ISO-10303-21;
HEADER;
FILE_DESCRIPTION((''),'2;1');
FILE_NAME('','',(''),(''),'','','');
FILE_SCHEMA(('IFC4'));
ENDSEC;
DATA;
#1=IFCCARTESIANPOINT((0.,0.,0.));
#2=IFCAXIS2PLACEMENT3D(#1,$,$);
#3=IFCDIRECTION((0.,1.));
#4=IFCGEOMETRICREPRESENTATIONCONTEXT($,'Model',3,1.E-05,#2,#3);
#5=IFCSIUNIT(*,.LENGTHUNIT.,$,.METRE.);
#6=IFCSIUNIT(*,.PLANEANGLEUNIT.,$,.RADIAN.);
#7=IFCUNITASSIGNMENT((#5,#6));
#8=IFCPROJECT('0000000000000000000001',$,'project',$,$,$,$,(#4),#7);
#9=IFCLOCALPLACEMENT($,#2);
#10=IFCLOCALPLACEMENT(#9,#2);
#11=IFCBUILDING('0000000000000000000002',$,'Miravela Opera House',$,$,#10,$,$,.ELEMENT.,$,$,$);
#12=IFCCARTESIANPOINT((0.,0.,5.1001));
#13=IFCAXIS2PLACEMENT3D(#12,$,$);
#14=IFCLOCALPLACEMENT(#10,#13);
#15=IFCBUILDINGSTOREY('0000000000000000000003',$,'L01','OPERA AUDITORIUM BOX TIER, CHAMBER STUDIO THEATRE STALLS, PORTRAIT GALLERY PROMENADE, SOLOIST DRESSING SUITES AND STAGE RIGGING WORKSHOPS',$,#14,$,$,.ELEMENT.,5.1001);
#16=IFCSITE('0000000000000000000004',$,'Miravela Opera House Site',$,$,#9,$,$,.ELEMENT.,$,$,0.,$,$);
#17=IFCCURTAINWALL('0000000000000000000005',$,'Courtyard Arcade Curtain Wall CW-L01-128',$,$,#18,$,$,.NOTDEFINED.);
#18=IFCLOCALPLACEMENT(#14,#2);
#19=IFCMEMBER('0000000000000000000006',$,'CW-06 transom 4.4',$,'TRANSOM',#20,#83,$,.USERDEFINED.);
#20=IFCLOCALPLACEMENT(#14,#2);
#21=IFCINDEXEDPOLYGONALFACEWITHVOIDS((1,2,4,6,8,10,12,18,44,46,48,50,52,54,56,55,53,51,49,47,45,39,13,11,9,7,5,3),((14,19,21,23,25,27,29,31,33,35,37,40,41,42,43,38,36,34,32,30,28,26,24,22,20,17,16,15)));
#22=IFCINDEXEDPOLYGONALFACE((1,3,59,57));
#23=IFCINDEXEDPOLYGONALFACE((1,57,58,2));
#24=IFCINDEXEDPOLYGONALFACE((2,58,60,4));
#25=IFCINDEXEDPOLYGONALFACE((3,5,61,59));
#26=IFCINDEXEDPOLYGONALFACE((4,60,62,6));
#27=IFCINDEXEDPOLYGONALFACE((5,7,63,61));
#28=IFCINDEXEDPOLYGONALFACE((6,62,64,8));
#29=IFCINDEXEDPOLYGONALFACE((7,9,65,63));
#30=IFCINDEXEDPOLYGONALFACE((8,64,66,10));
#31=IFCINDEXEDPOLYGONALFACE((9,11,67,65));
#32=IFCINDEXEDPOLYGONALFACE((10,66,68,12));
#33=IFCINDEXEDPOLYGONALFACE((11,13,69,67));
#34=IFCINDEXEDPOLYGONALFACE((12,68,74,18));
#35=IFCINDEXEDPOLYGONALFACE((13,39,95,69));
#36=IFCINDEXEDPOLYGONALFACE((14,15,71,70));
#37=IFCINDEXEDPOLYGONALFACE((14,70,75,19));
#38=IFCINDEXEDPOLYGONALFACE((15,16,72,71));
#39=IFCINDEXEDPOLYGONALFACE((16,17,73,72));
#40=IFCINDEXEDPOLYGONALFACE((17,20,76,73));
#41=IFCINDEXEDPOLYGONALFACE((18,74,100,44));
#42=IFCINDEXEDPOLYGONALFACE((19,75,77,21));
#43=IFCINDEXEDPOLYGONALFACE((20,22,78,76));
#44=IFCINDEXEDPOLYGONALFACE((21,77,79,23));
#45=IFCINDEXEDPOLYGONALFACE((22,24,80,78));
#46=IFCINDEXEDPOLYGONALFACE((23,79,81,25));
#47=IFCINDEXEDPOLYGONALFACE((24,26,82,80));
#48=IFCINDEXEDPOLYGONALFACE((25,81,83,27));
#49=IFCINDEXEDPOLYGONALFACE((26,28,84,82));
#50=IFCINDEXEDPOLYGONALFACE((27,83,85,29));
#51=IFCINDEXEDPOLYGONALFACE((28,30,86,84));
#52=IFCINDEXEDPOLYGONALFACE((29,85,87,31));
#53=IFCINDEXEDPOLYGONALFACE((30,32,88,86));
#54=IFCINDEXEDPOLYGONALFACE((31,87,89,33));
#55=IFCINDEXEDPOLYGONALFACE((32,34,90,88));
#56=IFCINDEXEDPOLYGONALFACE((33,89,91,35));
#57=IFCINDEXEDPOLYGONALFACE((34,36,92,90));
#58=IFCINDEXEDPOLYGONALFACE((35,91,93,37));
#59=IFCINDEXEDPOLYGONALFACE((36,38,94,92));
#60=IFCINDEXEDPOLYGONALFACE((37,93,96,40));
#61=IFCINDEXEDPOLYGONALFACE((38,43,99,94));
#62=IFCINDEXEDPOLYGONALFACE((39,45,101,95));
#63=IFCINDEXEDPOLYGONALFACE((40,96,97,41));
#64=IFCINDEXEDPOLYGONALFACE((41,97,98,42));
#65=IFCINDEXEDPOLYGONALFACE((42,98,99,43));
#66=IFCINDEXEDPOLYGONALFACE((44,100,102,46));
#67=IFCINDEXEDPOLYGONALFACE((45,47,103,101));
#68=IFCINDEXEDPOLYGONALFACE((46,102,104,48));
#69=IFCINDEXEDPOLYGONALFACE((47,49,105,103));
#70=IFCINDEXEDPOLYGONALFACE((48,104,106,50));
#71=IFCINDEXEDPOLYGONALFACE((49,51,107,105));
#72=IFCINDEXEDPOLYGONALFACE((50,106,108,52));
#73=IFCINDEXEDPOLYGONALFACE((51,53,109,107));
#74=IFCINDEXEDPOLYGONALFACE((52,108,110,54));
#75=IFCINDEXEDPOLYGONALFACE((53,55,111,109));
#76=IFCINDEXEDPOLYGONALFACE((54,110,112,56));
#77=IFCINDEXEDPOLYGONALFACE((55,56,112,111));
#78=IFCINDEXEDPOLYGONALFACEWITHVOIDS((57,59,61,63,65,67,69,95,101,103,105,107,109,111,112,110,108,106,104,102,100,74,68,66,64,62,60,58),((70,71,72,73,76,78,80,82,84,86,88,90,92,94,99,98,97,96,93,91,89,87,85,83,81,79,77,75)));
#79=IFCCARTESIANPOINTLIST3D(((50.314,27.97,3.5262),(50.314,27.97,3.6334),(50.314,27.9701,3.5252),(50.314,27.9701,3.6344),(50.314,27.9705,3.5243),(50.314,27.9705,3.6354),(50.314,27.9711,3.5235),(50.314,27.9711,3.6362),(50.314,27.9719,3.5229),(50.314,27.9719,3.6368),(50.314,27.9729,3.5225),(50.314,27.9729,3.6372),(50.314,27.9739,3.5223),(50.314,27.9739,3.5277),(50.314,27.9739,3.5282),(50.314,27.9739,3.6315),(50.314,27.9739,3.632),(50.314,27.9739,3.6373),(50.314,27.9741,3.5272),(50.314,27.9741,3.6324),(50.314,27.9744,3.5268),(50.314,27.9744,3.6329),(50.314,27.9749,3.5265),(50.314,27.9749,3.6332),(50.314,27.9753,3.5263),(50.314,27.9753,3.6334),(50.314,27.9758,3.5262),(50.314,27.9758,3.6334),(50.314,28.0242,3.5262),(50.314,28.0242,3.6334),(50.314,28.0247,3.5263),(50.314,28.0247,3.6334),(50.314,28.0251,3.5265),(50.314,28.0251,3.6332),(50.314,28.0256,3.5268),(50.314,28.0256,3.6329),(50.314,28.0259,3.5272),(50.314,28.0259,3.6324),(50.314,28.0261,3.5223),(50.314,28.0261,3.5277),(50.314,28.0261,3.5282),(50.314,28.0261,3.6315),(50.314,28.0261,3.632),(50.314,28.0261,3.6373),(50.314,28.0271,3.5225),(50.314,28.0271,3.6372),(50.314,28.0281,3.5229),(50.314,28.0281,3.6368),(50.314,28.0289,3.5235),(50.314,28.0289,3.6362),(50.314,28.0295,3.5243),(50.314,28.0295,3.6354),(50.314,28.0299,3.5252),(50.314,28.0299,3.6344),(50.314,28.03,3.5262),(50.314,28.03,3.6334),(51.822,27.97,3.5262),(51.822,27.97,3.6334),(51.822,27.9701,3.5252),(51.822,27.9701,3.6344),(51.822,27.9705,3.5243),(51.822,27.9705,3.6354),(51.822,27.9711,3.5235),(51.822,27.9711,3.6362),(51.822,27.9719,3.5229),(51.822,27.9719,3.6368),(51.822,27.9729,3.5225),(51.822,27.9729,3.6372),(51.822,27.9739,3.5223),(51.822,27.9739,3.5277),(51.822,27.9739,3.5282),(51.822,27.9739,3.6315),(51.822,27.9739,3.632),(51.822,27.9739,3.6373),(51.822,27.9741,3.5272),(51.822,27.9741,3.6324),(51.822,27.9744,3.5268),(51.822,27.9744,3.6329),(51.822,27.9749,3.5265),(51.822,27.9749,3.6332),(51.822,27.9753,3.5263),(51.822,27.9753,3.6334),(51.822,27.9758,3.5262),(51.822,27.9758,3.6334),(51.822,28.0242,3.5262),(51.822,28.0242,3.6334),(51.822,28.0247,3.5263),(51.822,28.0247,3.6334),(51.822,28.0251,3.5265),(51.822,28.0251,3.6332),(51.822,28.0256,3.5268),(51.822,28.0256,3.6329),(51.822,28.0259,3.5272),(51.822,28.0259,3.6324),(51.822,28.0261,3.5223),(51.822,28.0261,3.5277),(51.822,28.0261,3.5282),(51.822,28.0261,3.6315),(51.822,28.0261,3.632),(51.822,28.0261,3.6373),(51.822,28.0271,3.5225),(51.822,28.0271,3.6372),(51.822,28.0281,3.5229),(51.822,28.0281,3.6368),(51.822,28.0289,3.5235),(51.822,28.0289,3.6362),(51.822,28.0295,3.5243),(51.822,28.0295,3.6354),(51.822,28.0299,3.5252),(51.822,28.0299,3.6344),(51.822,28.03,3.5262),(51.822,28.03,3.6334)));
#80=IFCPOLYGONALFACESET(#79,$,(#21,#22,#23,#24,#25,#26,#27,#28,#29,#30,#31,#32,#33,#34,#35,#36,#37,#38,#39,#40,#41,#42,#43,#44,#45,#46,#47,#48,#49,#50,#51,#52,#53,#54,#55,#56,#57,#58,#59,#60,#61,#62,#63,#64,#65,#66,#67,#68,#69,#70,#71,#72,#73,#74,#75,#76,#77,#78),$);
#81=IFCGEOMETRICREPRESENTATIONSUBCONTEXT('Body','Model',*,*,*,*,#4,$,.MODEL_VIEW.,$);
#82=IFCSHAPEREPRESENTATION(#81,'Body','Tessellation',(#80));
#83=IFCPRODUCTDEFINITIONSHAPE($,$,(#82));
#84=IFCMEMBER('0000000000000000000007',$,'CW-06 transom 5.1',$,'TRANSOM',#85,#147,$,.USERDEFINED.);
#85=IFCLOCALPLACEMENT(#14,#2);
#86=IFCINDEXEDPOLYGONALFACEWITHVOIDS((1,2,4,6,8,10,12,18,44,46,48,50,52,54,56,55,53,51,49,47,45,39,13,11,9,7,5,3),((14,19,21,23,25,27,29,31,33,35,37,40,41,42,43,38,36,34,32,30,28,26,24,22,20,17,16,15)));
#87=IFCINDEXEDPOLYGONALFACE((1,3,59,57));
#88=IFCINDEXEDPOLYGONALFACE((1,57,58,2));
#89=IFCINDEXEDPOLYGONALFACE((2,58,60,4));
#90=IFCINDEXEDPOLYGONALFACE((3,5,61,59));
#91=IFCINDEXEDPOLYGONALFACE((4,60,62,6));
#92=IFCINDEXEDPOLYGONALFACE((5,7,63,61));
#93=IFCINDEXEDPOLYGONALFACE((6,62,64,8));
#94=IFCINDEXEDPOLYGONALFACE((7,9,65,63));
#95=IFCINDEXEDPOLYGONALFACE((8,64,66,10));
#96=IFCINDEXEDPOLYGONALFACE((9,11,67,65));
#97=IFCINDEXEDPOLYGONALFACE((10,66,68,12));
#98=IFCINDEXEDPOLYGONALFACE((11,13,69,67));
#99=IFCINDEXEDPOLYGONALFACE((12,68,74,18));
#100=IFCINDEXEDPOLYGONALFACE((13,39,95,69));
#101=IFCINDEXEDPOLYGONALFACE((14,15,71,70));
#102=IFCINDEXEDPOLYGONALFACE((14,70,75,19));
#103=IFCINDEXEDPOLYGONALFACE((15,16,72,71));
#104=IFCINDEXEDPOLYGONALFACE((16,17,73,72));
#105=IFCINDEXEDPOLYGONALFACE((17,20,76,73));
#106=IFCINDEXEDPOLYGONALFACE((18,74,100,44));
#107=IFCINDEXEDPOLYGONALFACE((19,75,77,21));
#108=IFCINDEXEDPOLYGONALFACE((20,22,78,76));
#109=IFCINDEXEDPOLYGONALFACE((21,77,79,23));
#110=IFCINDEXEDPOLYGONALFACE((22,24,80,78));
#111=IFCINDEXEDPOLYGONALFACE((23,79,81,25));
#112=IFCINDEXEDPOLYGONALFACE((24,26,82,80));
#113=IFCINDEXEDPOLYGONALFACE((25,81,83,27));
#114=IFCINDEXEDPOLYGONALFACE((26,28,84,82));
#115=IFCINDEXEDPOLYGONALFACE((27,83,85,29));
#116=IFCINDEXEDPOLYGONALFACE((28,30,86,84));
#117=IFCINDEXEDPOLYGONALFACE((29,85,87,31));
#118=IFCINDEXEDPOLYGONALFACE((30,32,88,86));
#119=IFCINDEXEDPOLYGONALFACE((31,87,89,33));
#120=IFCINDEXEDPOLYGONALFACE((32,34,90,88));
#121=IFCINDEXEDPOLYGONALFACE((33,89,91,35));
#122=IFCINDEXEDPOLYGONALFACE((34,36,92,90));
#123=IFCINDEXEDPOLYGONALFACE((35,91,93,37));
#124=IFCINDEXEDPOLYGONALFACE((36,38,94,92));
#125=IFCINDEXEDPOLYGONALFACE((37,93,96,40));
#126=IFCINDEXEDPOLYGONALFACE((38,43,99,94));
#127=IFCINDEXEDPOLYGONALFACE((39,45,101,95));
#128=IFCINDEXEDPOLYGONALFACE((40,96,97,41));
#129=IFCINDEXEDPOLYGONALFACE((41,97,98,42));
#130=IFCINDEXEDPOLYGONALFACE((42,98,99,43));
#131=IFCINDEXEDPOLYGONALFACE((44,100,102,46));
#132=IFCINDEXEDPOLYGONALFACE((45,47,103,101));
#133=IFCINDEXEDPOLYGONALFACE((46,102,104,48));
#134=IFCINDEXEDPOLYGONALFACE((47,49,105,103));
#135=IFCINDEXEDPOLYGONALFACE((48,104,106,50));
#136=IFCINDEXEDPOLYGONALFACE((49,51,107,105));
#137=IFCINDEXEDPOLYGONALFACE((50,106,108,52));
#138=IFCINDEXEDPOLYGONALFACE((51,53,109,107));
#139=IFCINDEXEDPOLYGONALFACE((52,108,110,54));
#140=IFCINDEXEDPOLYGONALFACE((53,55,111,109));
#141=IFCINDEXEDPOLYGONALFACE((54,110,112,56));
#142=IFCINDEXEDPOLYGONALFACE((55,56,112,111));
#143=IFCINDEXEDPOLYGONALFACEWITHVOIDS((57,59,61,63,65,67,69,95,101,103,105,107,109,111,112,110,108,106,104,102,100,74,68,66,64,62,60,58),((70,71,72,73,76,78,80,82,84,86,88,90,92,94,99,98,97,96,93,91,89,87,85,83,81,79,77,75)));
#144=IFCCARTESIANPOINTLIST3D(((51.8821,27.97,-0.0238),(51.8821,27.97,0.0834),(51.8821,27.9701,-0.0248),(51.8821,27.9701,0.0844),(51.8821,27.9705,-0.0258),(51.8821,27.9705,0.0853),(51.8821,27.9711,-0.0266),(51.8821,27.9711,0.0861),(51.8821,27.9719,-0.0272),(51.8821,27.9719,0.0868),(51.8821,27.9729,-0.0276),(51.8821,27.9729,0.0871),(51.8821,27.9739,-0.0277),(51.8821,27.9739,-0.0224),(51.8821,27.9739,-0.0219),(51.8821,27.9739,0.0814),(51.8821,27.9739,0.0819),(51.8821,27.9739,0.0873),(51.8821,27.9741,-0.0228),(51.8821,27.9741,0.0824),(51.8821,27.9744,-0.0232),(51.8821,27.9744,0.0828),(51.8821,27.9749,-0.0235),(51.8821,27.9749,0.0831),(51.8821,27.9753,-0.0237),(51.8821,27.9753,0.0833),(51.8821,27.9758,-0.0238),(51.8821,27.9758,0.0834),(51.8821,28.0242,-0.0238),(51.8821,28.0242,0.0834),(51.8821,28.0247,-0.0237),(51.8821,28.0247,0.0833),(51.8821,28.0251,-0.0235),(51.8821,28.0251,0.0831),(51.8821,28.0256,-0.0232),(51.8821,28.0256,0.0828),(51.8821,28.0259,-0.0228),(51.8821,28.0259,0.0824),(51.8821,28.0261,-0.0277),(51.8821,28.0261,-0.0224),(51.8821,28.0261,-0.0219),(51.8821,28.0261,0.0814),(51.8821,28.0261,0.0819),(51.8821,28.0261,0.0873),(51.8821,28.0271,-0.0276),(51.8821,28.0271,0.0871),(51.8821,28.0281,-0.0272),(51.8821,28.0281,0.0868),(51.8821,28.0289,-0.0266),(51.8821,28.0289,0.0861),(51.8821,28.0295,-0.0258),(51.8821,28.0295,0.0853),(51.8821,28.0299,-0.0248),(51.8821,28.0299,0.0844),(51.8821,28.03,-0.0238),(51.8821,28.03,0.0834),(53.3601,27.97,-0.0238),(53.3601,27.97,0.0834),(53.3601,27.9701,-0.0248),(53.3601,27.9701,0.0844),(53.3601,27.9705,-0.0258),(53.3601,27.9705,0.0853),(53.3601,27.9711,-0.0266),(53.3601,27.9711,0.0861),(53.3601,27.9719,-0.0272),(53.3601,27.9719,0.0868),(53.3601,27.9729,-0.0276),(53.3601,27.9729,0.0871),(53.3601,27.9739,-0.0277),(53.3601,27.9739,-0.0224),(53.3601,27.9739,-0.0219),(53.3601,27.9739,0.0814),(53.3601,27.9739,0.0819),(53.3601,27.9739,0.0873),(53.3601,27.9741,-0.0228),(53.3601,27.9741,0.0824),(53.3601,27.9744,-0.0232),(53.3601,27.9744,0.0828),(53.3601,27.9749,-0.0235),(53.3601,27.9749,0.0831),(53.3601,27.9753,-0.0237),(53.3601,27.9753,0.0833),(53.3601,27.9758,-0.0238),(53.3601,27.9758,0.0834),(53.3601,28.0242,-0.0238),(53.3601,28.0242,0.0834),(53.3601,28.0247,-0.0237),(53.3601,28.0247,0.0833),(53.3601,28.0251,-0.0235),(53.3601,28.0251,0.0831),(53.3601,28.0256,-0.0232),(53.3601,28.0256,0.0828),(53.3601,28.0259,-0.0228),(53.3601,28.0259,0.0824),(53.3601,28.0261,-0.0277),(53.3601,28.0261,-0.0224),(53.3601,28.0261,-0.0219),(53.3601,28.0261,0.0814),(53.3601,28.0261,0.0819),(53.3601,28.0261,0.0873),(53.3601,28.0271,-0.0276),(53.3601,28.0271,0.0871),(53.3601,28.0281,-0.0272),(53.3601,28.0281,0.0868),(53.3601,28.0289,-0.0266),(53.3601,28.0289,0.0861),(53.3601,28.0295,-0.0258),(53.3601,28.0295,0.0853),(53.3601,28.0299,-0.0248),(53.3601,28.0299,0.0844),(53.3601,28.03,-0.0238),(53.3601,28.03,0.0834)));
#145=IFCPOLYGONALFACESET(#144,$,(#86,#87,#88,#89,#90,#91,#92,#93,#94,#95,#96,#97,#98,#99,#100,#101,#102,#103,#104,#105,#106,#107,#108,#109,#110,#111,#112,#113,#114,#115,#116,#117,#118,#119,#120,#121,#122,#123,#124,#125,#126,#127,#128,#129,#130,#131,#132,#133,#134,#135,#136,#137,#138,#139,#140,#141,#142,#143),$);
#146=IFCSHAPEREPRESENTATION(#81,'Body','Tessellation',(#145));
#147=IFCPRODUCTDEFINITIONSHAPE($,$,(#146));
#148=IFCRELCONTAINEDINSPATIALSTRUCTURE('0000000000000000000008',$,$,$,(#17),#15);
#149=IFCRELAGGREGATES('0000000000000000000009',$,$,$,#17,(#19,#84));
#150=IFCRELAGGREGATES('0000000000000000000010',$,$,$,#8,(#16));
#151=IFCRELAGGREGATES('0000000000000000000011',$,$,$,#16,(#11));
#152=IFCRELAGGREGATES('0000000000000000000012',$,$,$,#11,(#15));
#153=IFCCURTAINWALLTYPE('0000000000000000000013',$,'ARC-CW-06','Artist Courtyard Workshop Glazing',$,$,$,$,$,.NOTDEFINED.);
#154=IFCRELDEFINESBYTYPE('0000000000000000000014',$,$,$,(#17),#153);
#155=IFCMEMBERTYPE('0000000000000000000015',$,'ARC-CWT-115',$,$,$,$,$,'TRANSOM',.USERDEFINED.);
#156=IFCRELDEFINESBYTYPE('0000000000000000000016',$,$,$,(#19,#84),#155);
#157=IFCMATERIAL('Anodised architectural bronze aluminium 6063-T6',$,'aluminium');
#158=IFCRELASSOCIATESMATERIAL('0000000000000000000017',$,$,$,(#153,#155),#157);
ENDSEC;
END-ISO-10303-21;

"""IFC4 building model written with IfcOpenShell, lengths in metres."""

from ifc_helpers import new_model, si_unit, direction, frame, origin, origin_2d, place, context, subcontext, project, spatial, hollow_rectangle, extrude, material, material_profile, profile_set, type_object, element, aggregate, save


model = new_model("IFC4")

# Units and contexts
model_context = context("Model", 3, precision=1e-05, world=origin(), true_north=direction((0.0, 1.0)))
body_context = subcontext(model_context, "Body", "Model", "MODEL_VIEW")
ifc_project = project(units=[si_unit("LENGTHUNIT", "METRE"), si_unit("PLANEANGLEUNIT", "RADIAN")], contexts=[model_context])

# Site, building, storey
site_placement = place(None, origin())
site = spatial("IfcSite", under=ifc_project, at=site_placement, Name="Miravela Opera House Site", CompositionType="ELEMENT", RefElevation=0.0)
building_placement = place(site_placement, origin())
building = spatial("IfcBuilding", under=site, at=building_placement, Name="Miravela Opera House", CompositionType="ELEMENT")
storey_placement = place(building_placement, frame((0.0, 0.0, 5.1001)))
storey = spatial("IfcBuildingStorey", under=building, at=storey_placement, Name="L01", Description="OPERA AUDITORIUM BOX TIER, CHAMBER STUDIO THEATRE STALLS, PORTRAIT GALLERY PROMENADE, SOLOIST DRESSING SUITES AND STAGE RIGGING WORKSHOPS", CompositionType="ELEMENT", Elevation=5.1001)

# Curtain wall
ifc_material_1 = material(Name="Anodised architectural bronze aluminium 6063-T6", Category="aluminium")
curtain_wall_type = type_object("IfcCurtainWallType", Name="ARC-CW-06", Description="Artist Courtyard Workshop Glazing", PredefinedType="NOTDEFINED", material=ifc_material_1)
curtain_wall_1_placement = place(storey_placement, origin())
curtain_wall_1 = element("IfcCurtainWall", 1, at=curtain_wall_1_placement, inside=storey, type_object=curtain_wall_type, Name="Courtyard Arcade Curtain Wall CW-L01-128", PredefinedType="NOTDEFINED")

# Members
ifc_material_profile_1 = material_profile(ifc_material_1, hollow_rectangle(XDim=0.0601, YDim=0.115, WallThickness=0.0039, InnerFilletRadius=0.002, OuterFilletRadius=0.0039, at=origin_2d()), Name="CWT-60X115")
ifc_profile_set_1 = profile_set([ifc_material_profile_1])
member_type_1 = type_object("IfcMemberType", Name="ARC-CWT-115", ElementType="TRANSOM", PredefinedType="USERDEFINED", material=ifc_profile_set_1)
member_1_placement = place(storey_placement, frame((50.314, 28.0, 3.5798), z_axis=(1.0, 0.0, 0.0), x_axis=(0.0, 1.0, 0.0)))
member_1 = element("IfcMember", 2, at=member_1_placement, type_object=member_type_1, Name="CW-06 transom 4.4", ObjectType="TRANSOM", PredefinedType="USERDEFINED", context=body_context, shape_type="SweptSolid", body=[
    extrude(hollow_rectangle(XDim=0.0601, YDim=0.115, WallThickness=0.0039, InnerFilletRadius=0.002, OuterFilletRadius=0.0039, at=origin_2d()), origin(), (0.0, 0.0, 1.0), 1.5081),
])
member_2_placement = place(storey_placement, frame((51.8821, 28.0, 0.0298), z_axis=(1.0, 0.0, 0.0), x_axis=(0.0, 1.0, 0.0)))
member_2 = element("IfcMember", 3, at=member_2_placement, type_object=member_type_1, Name="CW-06 transom 5.1", ObjectType="TRANSOM", PredefinedType="USERDEFINED", context=body_context, shape_type="SweptSolid", body=[
    extrude(hollow_rectangle(XDim=0.0601, YDim=0.115, WallThickness=0.0039, InnerFilletRadius=0.002, OuterFilletRadius=0.0039, at=origin_2d()), origin(), (0.0, 0.0, 1.0), 1.478),
])

aggregate(curtain_wall_1, [member_1, member_2])

save(model, "model.ifc")
